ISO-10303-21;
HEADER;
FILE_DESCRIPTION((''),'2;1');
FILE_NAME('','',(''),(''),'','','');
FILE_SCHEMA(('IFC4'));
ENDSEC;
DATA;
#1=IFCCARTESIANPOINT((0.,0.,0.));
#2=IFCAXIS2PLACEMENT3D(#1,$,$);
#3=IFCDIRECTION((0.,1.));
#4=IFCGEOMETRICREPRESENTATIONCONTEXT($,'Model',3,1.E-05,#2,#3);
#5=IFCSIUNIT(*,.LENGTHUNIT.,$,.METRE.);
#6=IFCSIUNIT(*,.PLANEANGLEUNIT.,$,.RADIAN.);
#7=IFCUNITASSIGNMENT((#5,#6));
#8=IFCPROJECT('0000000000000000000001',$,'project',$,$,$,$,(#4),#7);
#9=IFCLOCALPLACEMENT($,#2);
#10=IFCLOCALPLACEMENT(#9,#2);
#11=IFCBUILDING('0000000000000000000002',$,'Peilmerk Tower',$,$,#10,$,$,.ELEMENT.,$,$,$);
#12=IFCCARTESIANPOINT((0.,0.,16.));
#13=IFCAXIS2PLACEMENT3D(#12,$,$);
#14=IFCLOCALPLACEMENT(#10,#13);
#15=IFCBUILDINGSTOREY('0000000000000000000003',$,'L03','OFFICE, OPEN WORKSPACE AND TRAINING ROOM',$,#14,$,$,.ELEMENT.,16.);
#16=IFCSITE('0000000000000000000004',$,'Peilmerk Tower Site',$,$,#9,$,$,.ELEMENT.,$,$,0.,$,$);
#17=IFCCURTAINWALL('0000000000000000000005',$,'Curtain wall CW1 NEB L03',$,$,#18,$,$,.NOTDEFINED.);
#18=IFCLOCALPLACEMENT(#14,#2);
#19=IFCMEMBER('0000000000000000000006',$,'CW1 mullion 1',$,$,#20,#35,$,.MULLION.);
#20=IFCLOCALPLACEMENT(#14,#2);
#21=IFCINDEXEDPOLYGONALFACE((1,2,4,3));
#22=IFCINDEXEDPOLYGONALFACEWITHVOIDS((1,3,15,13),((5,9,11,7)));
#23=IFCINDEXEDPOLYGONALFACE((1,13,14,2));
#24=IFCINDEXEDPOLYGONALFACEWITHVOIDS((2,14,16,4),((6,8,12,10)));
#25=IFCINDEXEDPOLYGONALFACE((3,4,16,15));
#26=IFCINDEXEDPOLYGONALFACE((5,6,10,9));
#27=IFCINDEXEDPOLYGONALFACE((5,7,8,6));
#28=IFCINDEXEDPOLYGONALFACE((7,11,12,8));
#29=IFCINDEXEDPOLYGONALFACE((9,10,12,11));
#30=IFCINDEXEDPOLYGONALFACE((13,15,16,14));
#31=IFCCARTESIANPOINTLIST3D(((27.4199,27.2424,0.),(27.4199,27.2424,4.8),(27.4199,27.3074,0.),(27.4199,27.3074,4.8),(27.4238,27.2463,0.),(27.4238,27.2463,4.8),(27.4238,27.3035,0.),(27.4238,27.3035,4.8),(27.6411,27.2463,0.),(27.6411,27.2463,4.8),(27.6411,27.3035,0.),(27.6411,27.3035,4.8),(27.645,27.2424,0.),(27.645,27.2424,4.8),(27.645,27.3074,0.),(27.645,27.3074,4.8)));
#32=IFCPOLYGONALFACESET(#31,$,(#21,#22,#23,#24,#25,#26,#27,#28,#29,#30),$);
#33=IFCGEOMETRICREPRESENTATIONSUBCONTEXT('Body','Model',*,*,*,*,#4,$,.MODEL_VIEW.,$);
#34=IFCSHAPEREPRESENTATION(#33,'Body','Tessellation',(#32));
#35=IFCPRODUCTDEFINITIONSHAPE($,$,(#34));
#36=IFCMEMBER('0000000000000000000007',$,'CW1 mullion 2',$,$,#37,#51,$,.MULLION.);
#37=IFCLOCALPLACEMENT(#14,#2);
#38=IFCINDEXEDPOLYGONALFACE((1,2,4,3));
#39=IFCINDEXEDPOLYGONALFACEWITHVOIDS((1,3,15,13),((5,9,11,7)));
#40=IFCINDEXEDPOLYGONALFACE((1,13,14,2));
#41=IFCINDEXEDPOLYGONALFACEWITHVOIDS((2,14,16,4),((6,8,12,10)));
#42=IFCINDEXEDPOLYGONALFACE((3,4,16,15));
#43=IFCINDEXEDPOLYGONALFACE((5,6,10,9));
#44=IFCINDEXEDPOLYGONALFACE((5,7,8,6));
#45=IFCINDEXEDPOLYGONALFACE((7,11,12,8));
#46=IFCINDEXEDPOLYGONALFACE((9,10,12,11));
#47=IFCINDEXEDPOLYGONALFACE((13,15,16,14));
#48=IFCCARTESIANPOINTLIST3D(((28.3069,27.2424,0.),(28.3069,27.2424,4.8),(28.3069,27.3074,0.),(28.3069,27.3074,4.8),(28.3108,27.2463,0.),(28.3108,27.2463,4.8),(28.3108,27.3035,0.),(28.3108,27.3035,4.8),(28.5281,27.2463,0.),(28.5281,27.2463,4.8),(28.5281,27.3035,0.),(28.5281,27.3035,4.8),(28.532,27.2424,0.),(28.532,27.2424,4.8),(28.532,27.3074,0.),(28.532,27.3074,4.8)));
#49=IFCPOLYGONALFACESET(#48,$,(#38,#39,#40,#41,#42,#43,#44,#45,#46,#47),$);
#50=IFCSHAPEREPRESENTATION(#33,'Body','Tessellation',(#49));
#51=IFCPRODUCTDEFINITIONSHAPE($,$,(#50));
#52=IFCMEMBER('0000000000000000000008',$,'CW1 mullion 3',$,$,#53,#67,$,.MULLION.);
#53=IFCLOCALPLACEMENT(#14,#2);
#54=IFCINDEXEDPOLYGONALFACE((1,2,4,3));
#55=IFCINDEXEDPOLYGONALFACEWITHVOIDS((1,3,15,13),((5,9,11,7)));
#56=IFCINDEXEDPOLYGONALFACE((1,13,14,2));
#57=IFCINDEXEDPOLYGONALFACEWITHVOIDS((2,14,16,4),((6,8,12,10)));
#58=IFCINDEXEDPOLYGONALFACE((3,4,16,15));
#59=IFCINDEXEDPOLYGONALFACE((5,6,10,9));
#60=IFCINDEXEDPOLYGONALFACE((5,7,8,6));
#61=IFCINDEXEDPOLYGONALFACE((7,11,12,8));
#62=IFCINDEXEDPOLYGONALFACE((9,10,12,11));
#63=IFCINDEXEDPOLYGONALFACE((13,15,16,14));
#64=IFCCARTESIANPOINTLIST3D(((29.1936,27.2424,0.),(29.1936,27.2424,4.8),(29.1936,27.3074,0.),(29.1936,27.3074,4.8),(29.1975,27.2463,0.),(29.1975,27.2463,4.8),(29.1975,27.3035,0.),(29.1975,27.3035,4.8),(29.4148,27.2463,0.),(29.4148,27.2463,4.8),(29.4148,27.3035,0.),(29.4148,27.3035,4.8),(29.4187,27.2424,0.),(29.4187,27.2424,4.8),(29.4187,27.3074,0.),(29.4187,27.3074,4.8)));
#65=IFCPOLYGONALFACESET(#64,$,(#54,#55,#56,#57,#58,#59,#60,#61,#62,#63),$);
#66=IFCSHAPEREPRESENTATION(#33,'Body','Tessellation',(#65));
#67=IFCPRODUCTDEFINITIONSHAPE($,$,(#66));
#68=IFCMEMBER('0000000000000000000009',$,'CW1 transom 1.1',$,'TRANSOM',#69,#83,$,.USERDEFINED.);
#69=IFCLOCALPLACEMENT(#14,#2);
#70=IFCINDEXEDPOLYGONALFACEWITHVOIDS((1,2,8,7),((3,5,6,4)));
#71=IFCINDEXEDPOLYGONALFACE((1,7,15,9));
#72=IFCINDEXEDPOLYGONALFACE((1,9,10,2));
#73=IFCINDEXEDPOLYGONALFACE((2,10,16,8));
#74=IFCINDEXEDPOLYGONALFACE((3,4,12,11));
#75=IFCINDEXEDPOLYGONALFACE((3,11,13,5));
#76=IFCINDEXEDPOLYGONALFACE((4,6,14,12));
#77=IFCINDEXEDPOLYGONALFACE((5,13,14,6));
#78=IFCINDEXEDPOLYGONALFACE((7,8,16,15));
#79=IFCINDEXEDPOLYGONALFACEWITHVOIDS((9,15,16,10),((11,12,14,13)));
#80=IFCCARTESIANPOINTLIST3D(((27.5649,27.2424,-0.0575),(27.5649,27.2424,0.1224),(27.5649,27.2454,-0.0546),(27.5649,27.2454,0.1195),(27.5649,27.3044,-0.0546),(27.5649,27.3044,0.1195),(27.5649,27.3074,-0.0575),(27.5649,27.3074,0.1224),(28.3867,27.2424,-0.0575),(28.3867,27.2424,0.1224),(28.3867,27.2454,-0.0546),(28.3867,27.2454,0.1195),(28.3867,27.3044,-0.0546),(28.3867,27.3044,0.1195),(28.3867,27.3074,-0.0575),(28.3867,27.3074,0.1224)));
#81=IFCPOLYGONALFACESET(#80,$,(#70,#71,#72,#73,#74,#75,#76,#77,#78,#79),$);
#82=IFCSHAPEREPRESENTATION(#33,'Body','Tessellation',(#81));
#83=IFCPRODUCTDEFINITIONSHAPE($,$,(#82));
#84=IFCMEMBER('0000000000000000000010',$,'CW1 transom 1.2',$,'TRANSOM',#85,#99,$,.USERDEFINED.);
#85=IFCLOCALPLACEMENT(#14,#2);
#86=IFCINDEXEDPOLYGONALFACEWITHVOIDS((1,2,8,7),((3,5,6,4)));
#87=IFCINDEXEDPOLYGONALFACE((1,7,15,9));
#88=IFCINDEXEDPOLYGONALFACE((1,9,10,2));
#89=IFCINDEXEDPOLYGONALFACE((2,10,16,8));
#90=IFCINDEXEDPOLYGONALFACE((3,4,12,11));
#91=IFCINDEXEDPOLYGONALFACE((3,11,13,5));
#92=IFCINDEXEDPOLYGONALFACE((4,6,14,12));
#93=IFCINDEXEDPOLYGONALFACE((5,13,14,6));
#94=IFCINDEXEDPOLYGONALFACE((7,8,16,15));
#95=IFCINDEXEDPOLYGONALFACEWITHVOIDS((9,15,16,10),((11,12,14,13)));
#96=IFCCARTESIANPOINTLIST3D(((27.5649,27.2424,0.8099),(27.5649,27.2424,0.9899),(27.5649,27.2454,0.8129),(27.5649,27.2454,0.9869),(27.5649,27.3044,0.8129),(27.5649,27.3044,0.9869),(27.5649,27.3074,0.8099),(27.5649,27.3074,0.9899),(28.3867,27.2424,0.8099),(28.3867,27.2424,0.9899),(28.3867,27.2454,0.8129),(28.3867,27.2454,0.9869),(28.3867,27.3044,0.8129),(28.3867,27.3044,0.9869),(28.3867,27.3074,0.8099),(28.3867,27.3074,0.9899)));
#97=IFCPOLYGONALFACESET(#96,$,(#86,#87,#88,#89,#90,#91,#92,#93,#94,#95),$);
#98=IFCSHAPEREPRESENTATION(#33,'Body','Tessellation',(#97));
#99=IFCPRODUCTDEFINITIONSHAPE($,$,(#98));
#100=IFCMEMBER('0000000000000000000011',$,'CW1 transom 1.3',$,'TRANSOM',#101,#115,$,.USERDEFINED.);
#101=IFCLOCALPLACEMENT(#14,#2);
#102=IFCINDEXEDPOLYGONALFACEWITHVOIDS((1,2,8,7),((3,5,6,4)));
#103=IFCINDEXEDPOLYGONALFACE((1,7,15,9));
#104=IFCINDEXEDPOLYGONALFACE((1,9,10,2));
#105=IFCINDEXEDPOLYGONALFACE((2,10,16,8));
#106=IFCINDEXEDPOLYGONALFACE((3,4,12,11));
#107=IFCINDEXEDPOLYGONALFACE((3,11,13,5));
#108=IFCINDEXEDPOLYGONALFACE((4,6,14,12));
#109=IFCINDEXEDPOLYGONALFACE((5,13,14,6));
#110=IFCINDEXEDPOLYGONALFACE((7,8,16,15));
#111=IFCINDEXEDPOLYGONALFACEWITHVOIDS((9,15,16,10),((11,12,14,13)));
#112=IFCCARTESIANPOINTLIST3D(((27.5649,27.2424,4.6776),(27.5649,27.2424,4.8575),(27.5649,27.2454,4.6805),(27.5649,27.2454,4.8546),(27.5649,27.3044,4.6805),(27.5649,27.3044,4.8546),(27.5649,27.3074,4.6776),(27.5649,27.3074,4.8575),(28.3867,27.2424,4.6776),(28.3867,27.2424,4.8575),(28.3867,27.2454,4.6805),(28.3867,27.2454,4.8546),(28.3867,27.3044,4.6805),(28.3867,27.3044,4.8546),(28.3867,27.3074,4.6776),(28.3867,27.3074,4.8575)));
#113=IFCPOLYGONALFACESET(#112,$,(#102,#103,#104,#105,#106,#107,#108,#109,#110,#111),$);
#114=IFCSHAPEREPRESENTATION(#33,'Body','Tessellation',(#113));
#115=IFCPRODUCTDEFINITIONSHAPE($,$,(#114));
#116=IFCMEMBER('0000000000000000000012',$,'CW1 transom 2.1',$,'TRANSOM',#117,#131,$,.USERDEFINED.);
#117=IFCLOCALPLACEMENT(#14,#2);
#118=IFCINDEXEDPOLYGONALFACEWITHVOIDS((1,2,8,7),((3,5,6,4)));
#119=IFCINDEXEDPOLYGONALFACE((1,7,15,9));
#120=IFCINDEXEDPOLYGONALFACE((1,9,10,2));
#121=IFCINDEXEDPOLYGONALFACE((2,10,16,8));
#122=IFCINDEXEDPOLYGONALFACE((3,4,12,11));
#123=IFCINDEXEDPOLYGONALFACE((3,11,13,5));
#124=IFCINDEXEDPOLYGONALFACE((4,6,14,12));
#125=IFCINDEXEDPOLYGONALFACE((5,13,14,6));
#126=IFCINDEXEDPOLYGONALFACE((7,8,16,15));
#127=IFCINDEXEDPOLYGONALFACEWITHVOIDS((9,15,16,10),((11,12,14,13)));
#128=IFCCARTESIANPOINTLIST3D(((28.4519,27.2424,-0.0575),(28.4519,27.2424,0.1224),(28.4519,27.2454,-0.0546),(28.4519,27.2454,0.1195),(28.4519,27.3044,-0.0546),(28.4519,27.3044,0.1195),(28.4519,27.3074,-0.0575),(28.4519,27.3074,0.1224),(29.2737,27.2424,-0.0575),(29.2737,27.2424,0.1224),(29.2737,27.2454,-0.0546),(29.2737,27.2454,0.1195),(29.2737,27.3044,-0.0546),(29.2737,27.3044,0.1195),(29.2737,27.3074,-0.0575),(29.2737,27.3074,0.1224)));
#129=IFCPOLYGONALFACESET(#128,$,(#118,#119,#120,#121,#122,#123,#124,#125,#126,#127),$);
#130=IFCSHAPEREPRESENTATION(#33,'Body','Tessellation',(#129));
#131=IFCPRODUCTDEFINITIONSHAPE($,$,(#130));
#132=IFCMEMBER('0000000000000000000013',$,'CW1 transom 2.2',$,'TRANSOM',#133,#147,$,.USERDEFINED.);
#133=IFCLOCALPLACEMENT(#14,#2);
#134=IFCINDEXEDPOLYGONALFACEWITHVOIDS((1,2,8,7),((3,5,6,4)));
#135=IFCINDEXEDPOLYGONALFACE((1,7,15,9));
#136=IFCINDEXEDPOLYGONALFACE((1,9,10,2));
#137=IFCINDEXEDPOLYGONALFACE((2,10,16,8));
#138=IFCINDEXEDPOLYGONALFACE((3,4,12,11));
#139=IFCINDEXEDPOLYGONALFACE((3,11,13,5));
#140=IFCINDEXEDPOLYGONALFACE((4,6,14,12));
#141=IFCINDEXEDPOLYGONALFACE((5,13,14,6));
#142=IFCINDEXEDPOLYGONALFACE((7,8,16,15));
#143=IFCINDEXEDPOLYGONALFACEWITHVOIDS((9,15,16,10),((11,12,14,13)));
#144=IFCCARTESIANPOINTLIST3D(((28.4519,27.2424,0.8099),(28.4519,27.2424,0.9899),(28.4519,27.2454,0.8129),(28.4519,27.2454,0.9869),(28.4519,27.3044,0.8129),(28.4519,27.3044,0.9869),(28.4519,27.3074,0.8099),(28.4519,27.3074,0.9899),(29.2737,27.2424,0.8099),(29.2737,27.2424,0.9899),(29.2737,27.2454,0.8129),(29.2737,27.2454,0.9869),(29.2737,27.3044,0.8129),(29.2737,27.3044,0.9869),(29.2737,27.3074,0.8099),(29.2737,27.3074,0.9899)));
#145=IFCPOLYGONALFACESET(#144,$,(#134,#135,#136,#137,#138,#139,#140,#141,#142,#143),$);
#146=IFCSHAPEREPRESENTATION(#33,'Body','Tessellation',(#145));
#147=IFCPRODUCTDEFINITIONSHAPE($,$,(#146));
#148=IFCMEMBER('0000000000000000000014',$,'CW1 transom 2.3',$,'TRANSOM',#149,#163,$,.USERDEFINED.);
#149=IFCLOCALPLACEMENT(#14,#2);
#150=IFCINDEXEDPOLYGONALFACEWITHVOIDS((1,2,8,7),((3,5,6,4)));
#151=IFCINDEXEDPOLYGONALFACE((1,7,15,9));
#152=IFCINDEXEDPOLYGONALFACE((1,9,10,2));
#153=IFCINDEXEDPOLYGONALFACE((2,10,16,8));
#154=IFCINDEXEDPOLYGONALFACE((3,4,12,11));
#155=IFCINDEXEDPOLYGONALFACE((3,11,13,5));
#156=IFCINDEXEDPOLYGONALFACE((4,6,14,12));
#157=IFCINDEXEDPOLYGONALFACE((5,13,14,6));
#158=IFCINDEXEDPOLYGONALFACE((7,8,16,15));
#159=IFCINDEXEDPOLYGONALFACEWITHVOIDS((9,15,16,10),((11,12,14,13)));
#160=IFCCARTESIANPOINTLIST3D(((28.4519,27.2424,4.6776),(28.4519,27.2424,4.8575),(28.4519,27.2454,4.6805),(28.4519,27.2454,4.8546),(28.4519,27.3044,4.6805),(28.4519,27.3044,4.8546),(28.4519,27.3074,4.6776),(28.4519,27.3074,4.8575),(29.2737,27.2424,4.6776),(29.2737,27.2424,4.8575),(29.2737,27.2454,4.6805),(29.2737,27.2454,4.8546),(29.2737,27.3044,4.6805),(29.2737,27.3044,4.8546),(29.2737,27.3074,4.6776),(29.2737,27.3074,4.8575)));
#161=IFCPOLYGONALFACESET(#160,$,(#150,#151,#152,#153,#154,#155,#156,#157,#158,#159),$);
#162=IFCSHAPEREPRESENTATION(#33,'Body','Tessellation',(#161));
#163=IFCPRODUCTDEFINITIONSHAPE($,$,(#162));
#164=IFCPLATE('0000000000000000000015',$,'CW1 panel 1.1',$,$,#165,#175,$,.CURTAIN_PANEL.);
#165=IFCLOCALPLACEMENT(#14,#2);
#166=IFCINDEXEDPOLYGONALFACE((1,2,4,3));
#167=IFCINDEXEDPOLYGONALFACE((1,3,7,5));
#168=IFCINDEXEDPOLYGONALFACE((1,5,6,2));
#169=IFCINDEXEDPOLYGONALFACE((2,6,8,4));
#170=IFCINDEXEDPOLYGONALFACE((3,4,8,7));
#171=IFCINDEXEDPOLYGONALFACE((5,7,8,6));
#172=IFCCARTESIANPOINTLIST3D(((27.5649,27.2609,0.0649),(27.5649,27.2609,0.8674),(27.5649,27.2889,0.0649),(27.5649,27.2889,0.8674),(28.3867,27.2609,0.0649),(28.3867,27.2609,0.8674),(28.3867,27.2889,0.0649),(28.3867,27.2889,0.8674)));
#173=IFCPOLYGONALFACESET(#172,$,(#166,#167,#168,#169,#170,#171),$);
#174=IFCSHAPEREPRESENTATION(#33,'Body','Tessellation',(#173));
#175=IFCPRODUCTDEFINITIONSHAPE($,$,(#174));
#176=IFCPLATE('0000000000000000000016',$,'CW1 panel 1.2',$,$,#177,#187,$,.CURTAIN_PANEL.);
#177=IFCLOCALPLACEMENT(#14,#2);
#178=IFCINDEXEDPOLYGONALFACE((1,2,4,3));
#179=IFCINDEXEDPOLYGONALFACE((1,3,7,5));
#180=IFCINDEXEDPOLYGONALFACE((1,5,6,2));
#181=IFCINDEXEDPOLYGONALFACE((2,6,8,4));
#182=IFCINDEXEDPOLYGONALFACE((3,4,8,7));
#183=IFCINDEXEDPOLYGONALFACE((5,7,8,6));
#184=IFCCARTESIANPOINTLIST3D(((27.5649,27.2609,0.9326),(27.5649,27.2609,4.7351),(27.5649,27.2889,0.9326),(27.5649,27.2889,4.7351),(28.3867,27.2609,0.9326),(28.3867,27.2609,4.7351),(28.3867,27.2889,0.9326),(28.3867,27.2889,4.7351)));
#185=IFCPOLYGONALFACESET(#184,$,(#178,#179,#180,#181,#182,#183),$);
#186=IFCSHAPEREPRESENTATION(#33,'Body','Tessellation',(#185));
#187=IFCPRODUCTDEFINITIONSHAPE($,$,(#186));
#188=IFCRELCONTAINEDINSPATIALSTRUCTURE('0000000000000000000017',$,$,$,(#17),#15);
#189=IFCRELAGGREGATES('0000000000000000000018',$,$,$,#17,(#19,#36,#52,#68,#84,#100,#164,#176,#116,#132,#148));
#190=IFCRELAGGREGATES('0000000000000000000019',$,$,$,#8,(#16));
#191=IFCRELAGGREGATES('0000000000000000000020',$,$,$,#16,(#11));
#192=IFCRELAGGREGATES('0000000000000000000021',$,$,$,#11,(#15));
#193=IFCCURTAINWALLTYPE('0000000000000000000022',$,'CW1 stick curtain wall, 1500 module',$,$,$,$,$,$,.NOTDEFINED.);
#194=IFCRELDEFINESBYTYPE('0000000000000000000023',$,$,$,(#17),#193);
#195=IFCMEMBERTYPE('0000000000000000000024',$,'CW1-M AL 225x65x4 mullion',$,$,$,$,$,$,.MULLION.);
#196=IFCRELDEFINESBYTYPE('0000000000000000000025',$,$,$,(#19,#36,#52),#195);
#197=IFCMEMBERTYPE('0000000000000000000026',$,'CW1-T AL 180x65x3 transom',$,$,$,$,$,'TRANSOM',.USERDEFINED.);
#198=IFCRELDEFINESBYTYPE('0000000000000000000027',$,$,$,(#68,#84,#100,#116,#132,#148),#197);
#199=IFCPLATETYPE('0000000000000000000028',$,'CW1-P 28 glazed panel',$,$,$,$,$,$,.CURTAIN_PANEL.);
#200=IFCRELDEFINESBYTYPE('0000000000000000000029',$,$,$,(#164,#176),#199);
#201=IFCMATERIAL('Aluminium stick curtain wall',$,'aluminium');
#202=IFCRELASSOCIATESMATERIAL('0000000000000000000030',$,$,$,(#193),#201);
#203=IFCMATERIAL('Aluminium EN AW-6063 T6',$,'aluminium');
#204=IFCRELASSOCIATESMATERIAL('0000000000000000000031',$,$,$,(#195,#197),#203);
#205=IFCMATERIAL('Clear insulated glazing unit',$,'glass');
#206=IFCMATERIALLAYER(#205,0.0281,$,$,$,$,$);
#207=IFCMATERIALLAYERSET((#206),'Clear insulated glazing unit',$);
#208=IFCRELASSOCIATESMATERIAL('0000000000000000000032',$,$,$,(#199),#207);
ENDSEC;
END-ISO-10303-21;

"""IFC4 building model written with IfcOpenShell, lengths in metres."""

from ifc_helpers import new_model, si_unit, direction, frame, origin, origin_2d, place, context, subcontext, project, spatial, rectangle, hollow_rectangle, extrude, material, layer, layer_set, material_profile, profile_set, type_object, element, aggregate, save


model = new_model("IFC4")

# Units and contexts
model_context = context("Model", 3, precision=1e-05, world=origin(), true_north=direction((0.0, 1.0)))
body_context = subcontext(model_context, "Body", "Model", "MODEL_VIEW")
ifc_project = project(units=[si_unit("LENGTHUNIT", "METRE"), si_unit("PLANEANGLEUNIT", "RADIAN")], contexts=[model_context])

# Site, building, storey
site_placement = place(None, origin())
site = spatial("IfcSite", under=ifc_project, at=site_placement, Name="Peilmerk Tower Site", CompositionType="ELEMENT", RefElevation=0.0)
building_placement = place(site_placement, origin())
building = spatial("IfcBuilding", under=site, at=building_placement, Name="Peilmerk Tower", CompositionType="ELEMENT")
storey_placement = place(building_placement, frame((0.0, 0.0, 16.0)))
storey = spatial("IfcBuildingStorey", under=building, at=storey_placement, Name="L03", Description="OFFICE, OPEN WORKSPACE AND TRAINING ROOM", CompositionType="ELEMENT", Elevation=16.0)

# Curtain wall, members, plates
ifc_material_1 = material(Name="Aluminium stick curtain wall", Category="aluminium")
curtain_wall_type = type_object("IfcCurtainWallType", Name="CW1 stick curtain wall, 1500 module", PredefinedType="NOTDEFINED", material=ifc_material_1)
curtain_wall_placement = place(storey_placement, origin())
curtain_wall = element("IfcCurtainWall", 1, at=curtain_wall_placement, inside=storey, type_object=curtain_wall_type, Name="Curtain wall CW1 NEB L03", PredefinedType="NOTDEFINED")
ifc_material_2 = material(Name="Aluminium EN AW-6063 T6", Category="aluminium")
ifc_material_profile_1 = material_profile(ifc_material_2, hollow_rectangle(XDim=0.0649, YDim=0.2251, WallThickness=0.0039, at=origin_2d()), Name="AL 225x65x4")
ifc_profile_set_1 = profile_set([ifc_material_profile_1], Name="Aluminium EN AW-6063 T6")
member_type_1 = type_object("IfcMemberType", Name="CW1-M AL 225x65x4 mullion", PredefinedType="MULLION", material=ifc_profile_set_1)
member_1_placement = place(storey_placement, frame((27.5325, 27.2749, 0.0), z_axis=(0.0, 0.0, 1.0), x_axis=(0.0, 1.0, 0.0)))
member_1 = element("IfcMember", 2, at=member_1_placement, type_object=member_type_1, Name="CW1 mullion 1", PredefinedType="MULLION", context=body_context, shape_type="SweptSolid", body=[
    extrude(hollow_rectangle(XDim=0.0649, YDim=0.2251, WallThickness=0.0039, at=origin_2d()), origin(), (0.0, 0.0, 1.0), 4.8),
])
member_2_placement = place(storey_placement, frame((28.4194, 27.2749, 0.0), z_axis=(0.0, 0.0, 1.0), x_axis=(0.0, 1.0, 0.0)))
member_2 = element("IfcMember", 3, at=member_2_placement, type_object=member_type_1, Name="CW1 mullion 2", PredefinedType="MULLION", context=body_context, shape_type="SweptSolid", body=[
    extrude(hollow_rectangle(XDim=0.0649, YDim=0.2251, WallThickness=0.0039, at=origin_2d()), origin(), (0.0, 0.0, 1.0), 4.8),
])
member_3_placement = place(storey_placement, frame((29.3062, 27.2749, 0.0), z_axis=(0.0, 0.0, 1.0), x_axis=(0.0, 1.0, 0.0)))
member_3 = element("IfcMember", 4, at=member_3_placement, type_object=member_type_1, Name="CW1 mullion 3", PredefinedType="MULLION", context=body_context, shape_type="SweptSolid", body=[
    extrude(hollow_rectangle(XDim=0.0649, YDim=0.2251, WallThickness=0.0039, at=origin_2d()), origin(), (0.0, 0.0, 1.0), 4.8),
])
ifc_material_profile_2 = material_profile(ifc_material_2, hollow_rectangle(XDim=0.0649, YDim=0.1799, WallThickness=0.0029, at=origin_2d()), Name="AL 180x65x3")
ifc_profile_set_2 = profile_set([ifc_material_profile_2], Name="Aluminium EN AW-6063 T6")
member_type_2 = type_object("IfcMemberType", Name="CW1-T AL 180x65x3 transom", ElementType="TRANSOM", PredefinedType="USERDEFINED", material=ifc_profile_set_2)
member_4_placement = place(storey_placement, frame((27.5649, 27.2749, 0.0325), z_axis=(1.0, 0.0, 0.0), x_axis=(0.0, 1.0, 0.0)))
member_4 = element("IfcMember", 5, at=member_4_placement, type_object=member_type_2, Name="CW1 transom 1.1", ObjectType="TRANSOM", PredefinedType="USERDEFINED", context=body_context, shape_type="SweptSolid", body=[
    extrude(hollow_rectangle(XDim=0.0649, YDim=0.1799, WallThickness=0.0029, at=origin_2d()), origin(), (0.0, 0.0, 1.0), 0.8218),
])
member_5_placement = place(storey_placement, frame((27.5649, 27.2749, 0.8999), z_axis=(1.0, 0.0, 0.0), x_axis=(0.0, 1.0, 0.0)))
member_5 = element("IfcMember", 6, at=member_5_placement, type_object=member_type_2, Name="CW1 transom 1.2", ObjectType="TRANSOM", PredefinedType="USERDEFINED", context=body_context, shape_type="SweptSolid", body=[
    extrude(hollow_rectangle(XDim=0.0649, YDim=0.1799, WallThickness=0.0029, at=origin_2d()), origin(), (0.0, 0.0, 1.0), 0.8218),
])
member_6_placement = place(storey_placement, frame((27.5649, 27.2749, 4.7676), z_axis=(1.0, 0.0, 0.0), x_axis=(0.0, 1.0, 0.0)))
member_6 = element("IfcMember", 7, at=member_6_placement, type_object=member_type_2, Name="CW1 transom 1.3", ObjectType="TRANSOM", PredefinedType="USERDEFINED", context=body_context, shape_type="SweptSolid", body=[
    extrude(hollow_rectangle(XDim=0.0649, YDim=0.1799, WallThickness=0.0029, at=origin_2d()), origin(), (0.0, 0.0, 1.0), 0.8218),
])
member_7_placement = place(storey_placement, frame((28.4519, 27.2749, 0.0325), z_axis=(1.0, 0.0, 0.0), x_axis=(0.0, 1.0, 0.0)))
member_7 = element("IfcMember", 8, at=member_7_placement, type_object=member_type_2, Name="CW1 transom 2.1", ObjectType="TRANSOM", PredefinedType="USERDEFINED", context=body_context, shape_type="SweptSolid", body=[
    extrude(hollow_rectangle(XDim=0.0649, YDim=0.1799, WallThickness=0.0029, at=origin_2d()), origin(), (0.0, 0.0, 1.0), 0.8218),
])
member_8_placement = place(storey_placement, frame((28.4519, 27.2749, 0.8999), z_axis=(1.0, 0.0, 0.0), x_axis=(0.0, 1.0, 0.0)))
member_8 = element("IfcMember", 9, at=member_8_placement, type_object=member_type_2, Name="CW1 transom 2.2", ObjectType="TRANSOM", PredefinedType="USERDEFINED", context=body_context, shape_type="SweptSolid", body=[
    extrude(hollow_rectangle(XDim=0.0649, YDim=0.1799, WallThickness=0.0029, at=origin_2d()), origin(), (0.0, 0.0, 1.0), 0.8218),
])
member_9_placement = place(storey_placement, frame((28.4519, 27.2749, 4.7676), z_axis=(1.0, 0.0, 0.0), x_axis=(0.0, 1.0, 0.0)))
member_9 = element("IfcMember", 10, at=member_9_placement, type_object=member_type_2, Name="CW1 transom 2.3", ObjectType="TRANSOM", PredefinedType="USERDEFINED", context=body_context, shape_type="SweptSolid", body=[
    extrude(hollow_rectangle(XDim=0.0649, YDim=0.1799, WallThickness=0.0029, at=origin_2d()), origin(), (0.0, 0.0, 1.0), 0.8218),
])
ifc_material_3 = material(Name="Clear insulated glazing unit", Category="glass")
ifc_layer_1 = layer(ifc_material_3, 0.0281)
ifc_layer_set_1 = layer_set([ifc_layer_1], Name="Clear insulated glazing unit")
plate_type = type_object("IfcPlateType", Name="CW1-P 28 glazed panel", PredefinedType="CURTAIN_PANEL", material=ifc_layer_set_1)
plate_1_placement = place(storey_placement, frame((27.9758, 27.2749, 0.0649), z_axis=(0.0, 0.0, 1.0), x_axis=(1.0, 0.0, 0.0)))
plate_1 = element("IfcPlate", 11, at=plate_1_placement, type_object=plate_type, Name="CW1 panel 1.1", PredefinedType="CURTAIN_PANEL", context=body_context, shape_type="SweptSolid", body=[
    extrude(rectangle(XDim=0.8218, YDim=0.0281, at=origin_2d()), origin(), (0.0, 0.0, 1.0), 0.8025),
])
plate_2_placement = place(storey_placement, frame((27.9758, 27.2749, 0.9326), z_axis=(0.0, 0.0, 1.0), x_axis=(1.0, 0.0, 0.0)))
plate_2 = element("IfcPlate", 12, at=plate_2_placement, type_object=plate_type, Name="CW1 panel 1.2", PredefinedType="CURTAIN_PANEL", context=body_context, shape_type="SweptSolid", body=[
    extrude(rectangle(XDim=0.8218, YDim=0.0281, at=origin_2d()), origin(), (0.0, 0.0, 1.0), 3.8025),
])
aggregate(curtain_wall, [member_1, member_2, member_3, member_4, member_5, member_6, plate_1, plate_2, member_7, member_8, member_9])

save(model, "model.ifc")
